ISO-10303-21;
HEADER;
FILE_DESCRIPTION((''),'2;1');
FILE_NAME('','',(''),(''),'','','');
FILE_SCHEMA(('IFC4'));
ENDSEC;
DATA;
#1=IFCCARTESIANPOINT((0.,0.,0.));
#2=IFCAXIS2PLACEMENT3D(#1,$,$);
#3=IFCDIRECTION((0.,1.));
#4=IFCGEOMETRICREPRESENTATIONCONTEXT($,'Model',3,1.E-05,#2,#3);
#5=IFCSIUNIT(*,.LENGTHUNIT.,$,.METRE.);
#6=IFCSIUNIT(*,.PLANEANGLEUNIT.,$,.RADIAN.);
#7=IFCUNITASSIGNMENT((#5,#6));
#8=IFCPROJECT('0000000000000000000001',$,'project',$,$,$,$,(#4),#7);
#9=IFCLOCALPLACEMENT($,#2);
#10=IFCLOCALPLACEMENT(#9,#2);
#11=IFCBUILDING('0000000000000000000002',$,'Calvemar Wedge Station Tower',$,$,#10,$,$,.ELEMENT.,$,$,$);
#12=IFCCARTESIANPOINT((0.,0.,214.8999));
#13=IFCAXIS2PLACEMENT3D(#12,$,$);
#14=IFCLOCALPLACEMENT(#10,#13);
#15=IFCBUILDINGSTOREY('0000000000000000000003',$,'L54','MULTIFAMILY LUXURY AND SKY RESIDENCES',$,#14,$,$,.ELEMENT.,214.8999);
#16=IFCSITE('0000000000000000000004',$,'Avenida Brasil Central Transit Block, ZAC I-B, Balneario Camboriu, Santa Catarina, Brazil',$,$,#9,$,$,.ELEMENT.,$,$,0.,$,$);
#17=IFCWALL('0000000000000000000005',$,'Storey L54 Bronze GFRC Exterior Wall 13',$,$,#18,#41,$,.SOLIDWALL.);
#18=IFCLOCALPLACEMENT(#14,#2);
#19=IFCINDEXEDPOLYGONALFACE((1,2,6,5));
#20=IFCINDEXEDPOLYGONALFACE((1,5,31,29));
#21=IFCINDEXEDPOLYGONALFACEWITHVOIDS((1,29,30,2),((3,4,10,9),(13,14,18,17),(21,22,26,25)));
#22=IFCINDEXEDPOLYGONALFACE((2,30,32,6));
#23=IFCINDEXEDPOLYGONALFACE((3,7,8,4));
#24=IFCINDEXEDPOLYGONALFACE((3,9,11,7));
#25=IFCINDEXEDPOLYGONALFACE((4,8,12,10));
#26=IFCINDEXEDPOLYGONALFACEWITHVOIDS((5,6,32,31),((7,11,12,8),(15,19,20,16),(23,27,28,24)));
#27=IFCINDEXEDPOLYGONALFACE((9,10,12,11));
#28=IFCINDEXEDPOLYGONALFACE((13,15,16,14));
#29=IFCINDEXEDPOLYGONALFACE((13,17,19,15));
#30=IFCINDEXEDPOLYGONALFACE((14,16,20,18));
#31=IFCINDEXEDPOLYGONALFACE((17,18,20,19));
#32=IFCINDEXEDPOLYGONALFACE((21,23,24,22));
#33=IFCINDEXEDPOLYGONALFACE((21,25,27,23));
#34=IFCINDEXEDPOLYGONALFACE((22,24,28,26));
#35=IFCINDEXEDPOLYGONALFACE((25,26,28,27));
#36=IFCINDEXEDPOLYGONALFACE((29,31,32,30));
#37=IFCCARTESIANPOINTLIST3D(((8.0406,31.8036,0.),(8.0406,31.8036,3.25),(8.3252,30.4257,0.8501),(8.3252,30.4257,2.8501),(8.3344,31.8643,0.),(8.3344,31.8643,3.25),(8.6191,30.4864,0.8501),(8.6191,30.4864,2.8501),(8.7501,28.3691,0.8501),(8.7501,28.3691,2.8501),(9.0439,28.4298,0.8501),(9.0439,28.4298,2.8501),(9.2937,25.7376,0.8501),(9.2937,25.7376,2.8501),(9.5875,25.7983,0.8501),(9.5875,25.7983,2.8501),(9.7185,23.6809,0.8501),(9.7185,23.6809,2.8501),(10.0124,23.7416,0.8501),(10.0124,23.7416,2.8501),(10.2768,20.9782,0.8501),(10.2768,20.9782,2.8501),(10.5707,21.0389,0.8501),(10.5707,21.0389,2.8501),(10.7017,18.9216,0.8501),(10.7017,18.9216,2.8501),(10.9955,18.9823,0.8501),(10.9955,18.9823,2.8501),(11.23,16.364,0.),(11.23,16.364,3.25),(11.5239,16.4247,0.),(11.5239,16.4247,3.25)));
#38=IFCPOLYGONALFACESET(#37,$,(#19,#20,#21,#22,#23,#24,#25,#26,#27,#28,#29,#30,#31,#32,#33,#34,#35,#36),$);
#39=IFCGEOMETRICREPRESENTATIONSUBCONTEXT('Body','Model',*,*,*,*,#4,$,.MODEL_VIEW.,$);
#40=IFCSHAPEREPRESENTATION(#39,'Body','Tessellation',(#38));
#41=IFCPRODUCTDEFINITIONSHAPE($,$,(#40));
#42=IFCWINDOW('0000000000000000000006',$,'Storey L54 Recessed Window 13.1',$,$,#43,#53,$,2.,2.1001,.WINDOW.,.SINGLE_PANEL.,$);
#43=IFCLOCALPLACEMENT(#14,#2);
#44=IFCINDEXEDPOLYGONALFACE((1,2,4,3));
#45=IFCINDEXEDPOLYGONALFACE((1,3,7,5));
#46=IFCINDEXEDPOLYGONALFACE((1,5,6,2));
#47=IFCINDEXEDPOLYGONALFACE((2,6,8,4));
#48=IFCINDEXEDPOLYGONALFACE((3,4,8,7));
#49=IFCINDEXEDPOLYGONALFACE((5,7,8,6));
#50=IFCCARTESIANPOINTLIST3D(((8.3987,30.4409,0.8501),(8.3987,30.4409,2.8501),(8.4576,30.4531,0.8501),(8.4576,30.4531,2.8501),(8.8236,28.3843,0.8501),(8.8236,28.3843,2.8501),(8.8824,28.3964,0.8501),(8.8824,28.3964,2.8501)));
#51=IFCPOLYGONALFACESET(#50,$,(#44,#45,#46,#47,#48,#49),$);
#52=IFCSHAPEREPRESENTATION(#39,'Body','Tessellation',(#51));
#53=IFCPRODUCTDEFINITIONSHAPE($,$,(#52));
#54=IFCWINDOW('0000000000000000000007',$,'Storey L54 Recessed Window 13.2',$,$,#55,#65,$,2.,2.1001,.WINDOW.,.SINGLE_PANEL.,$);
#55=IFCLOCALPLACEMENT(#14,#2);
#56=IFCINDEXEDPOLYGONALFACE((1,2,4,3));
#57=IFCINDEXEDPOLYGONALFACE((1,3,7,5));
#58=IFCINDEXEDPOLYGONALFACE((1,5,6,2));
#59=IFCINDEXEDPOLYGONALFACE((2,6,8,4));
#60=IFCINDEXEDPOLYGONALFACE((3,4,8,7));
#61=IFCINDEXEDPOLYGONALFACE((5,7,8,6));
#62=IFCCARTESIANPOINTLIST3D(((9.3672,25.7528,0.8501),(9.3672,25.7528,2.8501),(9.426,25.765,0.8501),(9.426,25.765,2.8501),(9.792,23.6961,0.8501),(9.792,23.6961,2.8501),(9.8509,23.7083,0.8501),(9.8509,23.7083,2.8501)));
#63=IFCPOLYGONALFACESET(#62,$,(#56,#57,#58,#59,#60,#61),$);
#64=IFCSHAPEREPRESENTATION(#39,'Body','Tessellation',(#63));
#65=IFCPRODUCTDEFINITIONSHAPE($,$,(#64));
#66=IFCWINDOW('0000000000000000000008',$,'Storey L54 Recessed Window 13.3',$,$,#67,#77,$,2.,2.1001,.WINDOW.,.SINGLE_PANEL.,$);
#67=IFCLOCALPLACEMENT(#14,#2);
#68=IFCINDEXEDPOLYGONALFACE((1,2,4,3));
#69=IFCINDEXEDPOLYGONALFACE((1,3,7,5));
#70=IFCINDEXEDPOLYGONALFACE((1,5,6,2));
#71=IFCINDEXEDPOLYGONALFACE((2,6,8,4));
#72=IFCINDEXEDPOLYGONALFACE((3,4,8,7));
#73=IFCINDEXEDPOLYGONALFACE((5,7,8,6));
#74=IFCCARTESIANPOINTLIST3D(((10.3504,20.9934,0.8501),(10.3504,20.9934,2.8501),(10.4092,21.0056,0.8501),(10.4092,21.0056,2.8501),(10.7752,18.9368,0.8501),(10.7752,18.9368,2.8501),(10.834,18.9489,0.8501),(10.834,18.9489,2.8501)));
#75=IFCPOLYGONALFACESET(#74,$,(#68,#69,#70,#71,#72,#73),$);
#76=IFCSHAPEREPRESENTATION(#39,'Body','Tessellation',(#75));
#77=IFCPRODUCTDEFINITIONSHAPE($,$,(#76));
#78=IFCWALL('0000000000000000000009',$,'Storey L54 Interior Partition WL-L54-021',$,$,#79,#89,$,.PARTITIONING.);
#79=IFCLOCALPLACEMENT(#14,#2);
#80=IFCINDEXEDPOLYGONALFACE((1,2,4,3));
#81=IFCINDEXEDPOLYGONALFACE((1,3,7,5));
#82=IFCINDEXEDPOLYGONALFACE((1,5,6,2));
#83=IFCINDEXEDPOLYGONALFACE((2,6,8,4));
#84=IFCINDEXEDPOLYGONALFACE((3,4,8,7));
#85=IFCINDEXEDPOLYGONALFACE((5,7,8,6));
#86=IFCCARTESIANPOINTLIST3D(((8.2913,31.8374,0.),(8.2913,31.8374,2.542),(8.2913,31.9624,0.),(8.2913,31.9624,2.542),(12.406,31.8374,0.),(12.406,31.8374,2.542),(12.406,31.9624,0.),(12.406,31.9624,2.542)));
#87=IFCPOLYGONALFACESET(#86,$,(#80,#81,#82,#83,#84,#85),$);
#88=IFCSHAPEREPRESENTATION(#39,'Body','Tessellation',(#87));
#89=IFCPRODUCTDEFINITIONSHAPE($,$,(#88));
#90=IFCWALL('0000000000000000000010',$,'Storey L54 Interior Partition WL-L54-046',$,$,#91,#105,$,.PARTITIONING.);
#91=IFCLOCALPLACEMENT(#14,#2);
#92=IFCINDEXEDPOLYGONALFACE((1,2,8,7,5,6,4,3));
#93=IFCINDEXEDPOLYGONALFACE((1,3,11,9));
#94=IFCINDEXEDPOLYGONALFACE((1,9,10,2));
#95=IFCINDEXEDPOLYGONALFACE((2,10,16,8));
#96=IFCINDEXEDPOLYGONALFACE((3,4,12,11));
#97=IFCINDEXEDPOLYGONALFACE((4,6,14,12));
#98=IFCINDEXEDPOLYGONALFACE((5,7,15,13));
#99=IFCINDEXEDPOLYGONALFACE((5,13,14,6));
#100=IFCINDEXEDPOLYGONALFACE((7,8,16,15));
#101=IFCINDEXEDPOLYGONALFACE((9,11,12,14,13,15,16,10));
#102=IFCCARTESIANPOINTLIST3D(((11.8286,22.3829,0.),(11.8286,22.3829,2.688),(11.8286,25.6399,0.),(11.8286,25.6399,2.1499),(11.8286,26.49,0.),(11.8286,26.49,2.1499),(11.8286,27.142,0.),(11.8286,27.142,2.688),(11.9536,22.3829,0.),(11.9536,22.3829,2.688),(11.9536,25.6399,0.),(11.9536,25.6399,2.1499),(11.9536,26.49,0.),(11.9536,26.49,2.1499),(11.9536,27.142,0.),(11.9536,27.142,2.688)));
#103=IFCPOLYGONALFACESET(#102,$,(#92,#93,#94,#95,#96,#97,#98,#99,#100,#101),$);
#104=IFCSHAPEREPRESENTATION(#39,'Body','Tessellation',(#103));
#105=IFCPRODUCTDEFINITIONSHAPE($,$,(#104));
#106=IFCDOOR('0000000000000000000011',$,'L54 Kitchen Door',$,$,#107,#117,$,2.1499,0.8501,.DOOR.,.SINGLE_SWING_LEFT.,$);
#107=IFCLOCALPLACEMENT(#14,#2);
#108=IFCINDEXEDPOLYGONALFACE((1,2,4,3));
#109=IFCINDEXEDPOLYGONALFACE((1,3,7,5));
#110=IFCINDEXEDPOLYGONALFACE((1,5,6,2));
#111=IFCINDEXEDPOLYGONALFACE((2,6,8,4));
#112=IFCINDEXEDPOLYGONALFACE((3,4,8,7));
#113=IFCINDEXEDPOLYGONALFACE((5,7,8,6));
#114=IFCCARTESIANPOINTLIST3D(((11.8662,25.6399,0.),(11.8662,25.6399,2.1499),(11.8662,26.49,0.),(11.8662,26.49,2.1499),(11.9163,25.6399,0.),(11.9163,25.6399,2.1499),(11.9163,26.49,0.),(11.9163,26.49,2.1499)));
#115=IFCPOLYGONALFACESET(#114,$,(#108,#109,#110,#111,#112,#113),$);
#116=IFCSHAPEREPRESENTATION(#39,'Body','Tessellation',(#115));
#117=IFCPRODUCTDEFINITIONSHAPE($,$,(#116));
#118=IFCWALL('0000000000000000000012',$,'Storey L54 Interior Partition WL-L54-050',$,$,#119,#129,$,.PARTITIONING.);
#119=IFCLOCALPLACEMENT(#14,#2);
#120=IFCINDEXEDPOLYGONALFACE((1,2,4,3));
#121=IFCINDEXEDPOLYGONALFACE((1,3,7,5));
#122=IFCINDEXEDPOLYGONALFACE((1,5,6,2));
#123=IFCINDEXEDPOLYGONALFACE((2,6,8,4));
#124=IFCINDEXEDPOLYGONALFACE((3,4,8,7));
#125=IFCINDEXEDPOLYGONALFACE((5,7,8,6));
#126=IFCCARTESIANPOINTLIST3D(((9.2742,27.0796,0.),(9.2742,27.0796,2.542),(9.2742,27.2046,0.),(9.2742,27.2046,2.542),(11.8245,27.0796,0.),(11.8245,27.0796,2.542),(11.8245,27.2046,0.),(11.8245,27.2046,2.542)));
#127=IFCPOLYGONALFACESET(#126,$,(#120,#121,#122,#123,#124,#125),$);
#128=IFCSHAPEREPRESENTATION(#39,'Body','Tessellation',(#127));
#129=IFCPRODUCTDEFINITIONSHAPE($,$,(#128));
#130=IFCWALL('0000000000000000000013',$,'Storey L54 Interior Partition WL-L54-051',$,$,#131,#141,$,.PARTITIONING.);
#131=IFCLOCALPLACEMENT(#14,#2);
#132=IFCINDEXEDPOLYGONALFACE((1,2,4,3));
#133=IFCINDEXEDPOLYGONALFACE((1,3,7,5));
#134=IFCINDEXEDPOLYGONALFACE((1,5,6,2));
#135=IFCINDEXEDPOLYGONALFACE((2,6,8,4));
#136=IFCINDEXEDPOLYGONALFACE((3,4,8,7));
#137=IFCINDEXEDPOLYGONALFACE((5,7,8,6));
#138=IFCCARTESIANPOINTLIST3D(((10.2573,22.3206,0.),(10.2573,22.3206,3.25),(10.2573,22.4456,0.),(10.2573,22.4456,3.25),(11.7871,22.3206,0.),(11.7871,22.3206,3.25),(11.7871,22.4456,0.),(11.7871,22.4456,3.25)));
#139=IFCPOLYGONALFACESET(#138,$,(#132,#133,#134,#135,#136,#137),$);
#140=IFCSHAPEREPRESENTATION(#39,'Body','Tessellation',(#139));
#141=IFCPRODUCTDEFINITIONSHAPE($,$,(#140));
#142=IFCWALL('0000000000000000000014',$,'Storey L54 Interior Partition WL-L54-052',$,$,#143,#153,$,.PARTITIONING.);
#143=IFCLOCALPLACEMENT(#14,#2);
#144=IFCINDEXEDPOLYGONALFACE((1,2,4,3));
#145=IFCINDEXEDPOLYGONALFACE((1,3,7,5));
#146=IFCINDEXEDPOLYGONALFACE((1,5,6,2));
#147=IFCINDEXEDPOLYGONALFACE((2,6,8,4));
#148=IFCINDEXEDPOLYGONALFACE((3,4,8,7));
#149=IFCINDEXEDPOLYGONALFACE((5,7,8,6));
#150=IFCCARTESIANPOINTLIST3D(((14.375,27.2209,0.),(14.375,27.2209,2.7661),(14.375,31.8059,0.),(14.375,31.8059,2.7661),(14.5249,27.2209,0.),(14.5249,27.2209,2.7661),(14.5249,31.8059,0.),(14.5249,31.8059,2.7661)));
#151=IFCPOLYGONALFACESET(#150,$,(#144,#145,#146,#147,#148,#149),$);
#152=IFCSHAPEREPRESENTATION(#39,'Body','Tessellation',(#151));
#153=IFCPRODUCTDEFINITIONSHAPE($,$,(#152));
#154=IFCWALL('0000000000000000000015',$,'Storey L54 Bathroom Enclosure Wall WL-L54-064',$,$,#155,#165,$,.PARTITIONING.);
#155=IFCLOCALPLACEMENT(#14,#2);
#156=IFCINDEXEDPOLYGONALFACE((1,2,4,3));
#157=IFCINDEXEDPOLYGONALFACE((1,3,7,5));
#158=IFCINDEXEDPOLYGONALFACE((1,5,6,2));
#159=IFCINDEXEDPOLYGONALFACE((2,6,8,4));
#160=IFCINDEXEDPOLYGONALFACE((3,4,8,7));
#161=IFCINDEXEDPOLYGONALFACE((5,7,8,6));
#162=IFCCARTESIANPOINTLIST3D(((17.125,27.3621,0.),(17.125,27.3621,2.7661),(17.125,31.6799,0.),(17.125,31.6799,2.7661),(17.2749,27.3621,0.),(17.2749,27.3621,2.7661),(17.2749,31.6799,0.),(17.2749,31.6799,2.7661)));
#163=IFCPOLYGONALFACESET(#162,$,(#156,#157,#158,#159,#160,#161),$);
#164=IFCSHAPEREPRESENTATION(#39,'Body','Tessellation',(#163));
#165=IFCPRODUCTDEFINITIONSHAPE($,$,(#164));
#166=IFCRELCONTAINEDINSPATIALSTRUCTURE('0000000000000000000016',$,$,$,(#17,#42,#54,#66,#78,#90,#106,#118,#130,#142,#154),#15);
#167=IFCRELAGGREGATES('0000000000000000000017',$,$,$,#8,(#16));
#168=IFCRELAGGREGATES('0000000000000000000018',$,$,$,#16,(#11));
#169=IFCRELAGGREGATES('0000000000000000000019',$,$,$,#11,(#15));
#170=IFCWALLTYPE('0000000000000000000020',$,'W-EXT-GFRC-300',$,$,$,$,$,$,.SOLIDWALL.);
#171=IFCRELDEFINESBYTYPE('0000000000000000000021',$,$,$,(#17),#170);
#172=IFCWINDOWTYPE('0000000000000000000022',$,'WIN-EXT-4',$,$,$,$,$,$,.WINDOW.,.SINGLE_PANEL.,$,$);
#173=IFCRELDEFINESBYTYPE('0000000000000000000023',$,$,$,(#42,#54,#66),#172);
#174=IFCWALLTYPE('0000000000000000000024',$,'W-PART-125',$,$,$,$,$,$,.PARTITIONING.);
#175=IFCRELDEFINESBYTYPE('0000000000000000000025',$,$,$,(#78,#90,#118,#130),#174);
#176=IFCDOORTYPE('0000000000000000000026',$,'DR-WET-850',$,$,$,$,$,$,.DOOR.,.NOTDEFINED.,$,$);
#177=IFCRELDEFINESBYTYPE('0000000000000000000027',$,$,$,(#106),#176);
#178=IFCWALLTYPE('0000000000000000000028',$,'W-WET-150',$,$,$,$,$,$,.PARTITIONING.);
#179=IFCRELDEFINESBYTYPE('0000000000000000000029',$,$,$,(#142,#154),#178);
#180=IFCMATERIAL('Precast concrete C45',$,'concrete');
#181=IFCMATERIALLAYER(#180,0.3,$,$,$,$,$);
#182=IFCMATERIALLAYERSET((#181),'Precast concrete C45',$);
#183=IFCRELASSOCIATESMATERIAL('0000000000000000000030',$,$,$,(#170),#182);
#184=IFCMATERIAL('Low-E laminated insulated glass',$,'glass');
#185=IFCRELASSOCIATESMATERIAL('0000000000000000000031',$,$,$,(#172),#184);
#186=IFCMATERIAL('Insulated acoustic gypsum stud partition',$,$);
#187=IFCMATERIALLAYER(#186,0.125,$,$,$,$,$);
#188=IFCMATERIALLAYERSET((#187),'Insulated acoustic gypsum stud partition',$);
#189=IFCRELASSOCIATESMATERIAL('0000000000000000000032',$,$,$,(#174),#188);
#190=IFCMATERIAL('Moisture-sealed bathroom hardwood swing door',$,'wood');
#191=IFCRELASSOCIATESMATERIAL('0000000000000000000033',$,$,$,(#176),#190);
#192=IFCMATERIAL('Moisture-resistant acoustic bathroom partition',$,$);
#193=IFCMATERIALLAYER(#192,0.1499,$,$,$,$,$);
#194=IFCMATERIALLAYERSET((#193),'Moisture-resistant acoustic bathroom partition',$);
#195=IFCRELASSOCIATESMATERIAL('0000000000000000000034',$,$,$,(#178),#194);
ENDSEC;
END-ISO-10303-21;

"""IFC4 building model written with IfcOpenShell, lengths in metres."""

from ifc_helpers import new_model, si_unit, direction, frame, frame_2d, origin, place, context, subcontext, project, spatial, rectangle, extrude, source, transform, mapped, material, layer, layer_set, type_object, element, fill, save


model = new_model("IFC4")

# Units and contexts
model_context = context("Model", 3, precision=1e-05, world=origin(), true_north=direction((0.0, 1.0)))
body_context = subcontext(model_context, "Body", "Model", "MODEL_VIEW")
ifc_project = project(units=[si_unit("LENGTHUNIT", "METRE"), si_unit("PLANEANGLEUNIT", "RADIAN")], contexts=[model_context])

# Site, building, storey
site_placement = place(None, origin())
site = spatial("IfcSite", under=ifc_project, at=site_placement, Name="Avenida Brasil Central Transit Block, ZAC I-B, Balneario Camboriu, Santa Catarina, Brazil", CompositionType="ELEMENT", RefElevation=0.0)
building_placement = place(site_placement, origin())
building = spatial("IfcBuilding", under=site, at=building_placement, Name="Calvemar Wedge Station Tower", CompositionType="ELEMENT")
storey_placement = place(building_placement, frame((0.0, 0.0, 214.8999)))
storey = spatial("IfcBuildingStorey", under=building, at=storey_placement, Name="L54", Description="MULTIFAMILY LUXURY AND SKY RESIDENCES", CompositionType="ELEMENT", Elevation=214.8999)

# Wall, openings, windows
ifc_material_1 = material(Name="Precast concrete C45", Category="concrete")
ifc_layer_1 = layer(ifc_material_1, 0.3)
ifc_layer_set_1 = layer_set([ifc_layer_1], Name="Precast concrete C45")
wall_type_1 = type_object("IfcWallType", Name="W-EXT-GFRC-300", PredefinedType="SOLIDWALL", material=ifc_layer_set_1)
wall_1_placement = place(storey_placement, frame((8.1875, 31.834, 0.0), z_axis=(0.0, 0.0, 1.0), x_axis=(0.202303, -0.979323, 0.0)))
wall_1 = element("IfcWall", 1, at=wall_1_placement, inside=storey, type_object=wall_type_1, Name="Storey L54 Bronze GFRC Exterior Wall 13", PredefinedType="SOLIDWALL", context=body_context, shape_type="SweptSolid", body=[
    extrude(rectangle(XDim=15.7656, YDim=0.3, at=frame_2d((7.8828, 0.0))), origin(), (0.0, 0.0, 1.0), 3.25),
])
shared_shape_1 = source(origin(), body_context, "Body", "SweptSolid", [
    extrude(rectangle(XDim=2.1001, YDim=2.0, at=frame_2d((1.05, 1.0))), frame((0.0, 0.1602, 0.0), z_axis=(0.0, -1.0, 0.0), x_axis=(1.0, 0.0, 0.0)), (0.0, 0.0, 1.0), 0.3201),
])
opening_1_placement = place(wall_1_placement, frame((1.407, 0.0, 0.8501)))
opening_1 = element("IfcOpeningElement", 2, at=opening_1_placement, cuts=wall_1, PredefinedType="OPENING", context=body_context, shape_type="MappedRepresentation", body=[
    mapped(shared_shape_1, transform((0.0, 0.0, 0.0), scale=1.0)),
])
opening_2_placement = place(wall_1_placement, frame((6.1941, 0.0, 0.8501)))
opening_2 = element("IfcOpeningElement", 3, at=opening_2_placement, cuts=wall_1, PredefinedType="OPENING", context=body_context, shape_type="MappedRepresentation", body=[
    mapped(shared_shape_1, transform((0.0, 0.0, 0.0), scale=1.0)),
])
opening_3_placement = place(wall_1_placement, frame((11.054, 0.0, 0.8501)))
opening_3 = element("IfcOpeningElement", 4, at=opening_3_placement, cuts=wall_1, PredefinedType="OPENING", context=body_context, shape_type="MappedRepresentation", body=[
    mapped(shared_shape_1, transform((0.0, 0.0, 0.0), scale=1.0)),
])
ifc_material_2 = material(Name="Low-E laminated insulated glass", Category="glass")
window_type = type_object("IfcWindowType", Name="WIN-EXT-4", PartitioningType="SINGLE_PANEL", PredefinedType="WINDOW", material=ifc_material_2)
shared_shape_2 = source(origin(), body_context, "Body", "SweptSolid", [
    extrude(rectangle(XDim=2.1001, YDim=2.0, at=frame_2d((1.05, 1.0))), frame((0.0, -0.0149, 0.0), z_axis=(0.0, -1.0, 0.0), x_axis=(1.0, 0.0, 0.0)), (0.0, 0.0, 1.0), 0.0601),
])
window_1_placement = place(opening_1_placement, origin())
window_1 = element("IfcWindow", 5, at=window_1_placement, inside=storey, type_object=window_type, Name="Storey L54 Recessed Window 13.1", OverallHeight=2.0, OverallWidth=2.1001, PartitioningType="SINGLE_PANEL", PredefinedType="WINDOW", context=body_context, shape_type="MappedRepresentation", body=[
    mapped(shared_shape_2, transform((0.0, 0.0, 0.0), scale=1.0)),
])
fill(opening_1, window_1)
window_2_placement = place(opening_2_placement, origin())
window_2 = element("IfcWindow", 6, at=window_2_placement, inside=storey, type_object=window_type, Name="Storey L54 Recessed Window 13.2", OverallHeight=2.0, OverallWidth=2.1001, PartitioningType="SINGLE_PANEL", PredefinedType="WINDOW", context=body_context, shape_type="MappedRepresentation", body=[
    mapped(shared_shape_2, transform((0.0, 0.0, 0.0), scale=1.0)),
])
fill(opening_2, window_2)
window_3_placement = place(opening_3_placement, origin())
window_3 = element("IfcWindow", 7, at=window_3_placement, inside=storey, type_object=window_type, Name="Storey L54 Recessed Window 13.3", OverallHeight=2.0, OverallWidth=2.1001, PartitioningType="SINGLE_PANEL", PredefinedType="WINDOW", context=body_context, shape_type="MappedRepresentation", body=[
    mapped(shared_shape_2, transform((0.0, 0.0, 0.0), scale=1.0)),
])
fill(opening_3, window_3)

# Wall
ifc_material_3 = material(Name="Insulated acoustic gypsum stud partition")
ifc_layer_2 = layer(ifc_material_3, 0.125)
ifc_layer_set_2 = layer_set([ifc_layer_2], Name="Insulated acoustic gypsum stud partition")
wall_type_2 = type_object("IfcWallType", Name="W-PART-125", PredefinedType="PARTITIONING", material=ifc_layer_set_2)
wall_2_placement = place(storey_placement, frame((12.406, 31.8999, 0.0), z_axis=(0.0, 0.0, 1.0), x_axis=(-1.0, 0.0, 0.0)))
element("IfcWall", 8, at=wall_2_placement, inside=storey, type_object=wall_type_2, Name="Storey L54 Interior Partition WL-L54-021", PredefinedType="PARTITIONING", context=body_context, shape_type="SweptSolid", body=[
    extrude(rectangle(XDim=4.1147, YDim=0.125, at=frame_2d((2.0574, 0.0))), origin(), (0.0, 0.0, 1.0), 2.542),
])

# Wall, opening, door
wall_3_placement = place(storey_placement, frame((11.8911, 22.3831, 0.0), z_axis=(0.0, 0.0, 1.0), x_axis=(0.0, 1.0, 0.0)))
wall_3 = element("IfcWall", 9, at=wall_3_placement, inside=storey, type_object=wall_type_2, Name="Storey L54 Interior Partition WL-L54-046", PredefinedType="PARTITIONING", context=body_context, shape_type="SweptSolid", body=[
    extrude(rectangle(XDim=4.759, YDim=0.125, at=frame_2d((2.3794, 0.0))), origin(), (0.0, 0.0, 1.0), 2.688),
])
shared_shape_3 = source(origin(), body_context, "Body", "SweptSolid", [
    extrude(rectangle(XDim=0.8501, YDim=2.1499, at=frame_2d((0.425, 1.075))), frame((0.0, 0.0725, 0.0), z_axis=(0.0, -1.0, 0.0), x_axis=(1.0, 0.0, 0.0)), (0.0, 0.0, 1.0), 0.145),
])
opening_4_placement = place(wall_3_placement, frame((3.2568, 0.0, 0.0)))
opening_4 = element("IfcOpeningElement", 10, at=opening_4_placement, cuts=wall_3, PredefinedType="OPENING", context=body_context, shape_type="MappedRepresentation", body=[
    mapped(shared_shape_3, transform((0.0, 0.0, 0.0), scale=1.0)),
])
ifc_material_4 = material(Name="Moisture-sealed bathroom hardwood swing door", Category="wood")
door_type_1 = type_object("IfcDoorType", Name="DR-WET-850", OperationType="NOTDEFINED", PredefinedType="DOOR", material=ifc_material_4)
shared_shape_4 = source(origin(), body_context, "Body", "SweptSolid", [
    extrude(rectangle(XDim=0.8501, YDim=2.1499, at=frame_2d((0.425, 1.075))), frame((0.0, 0.0249, 0.0), z_axis=(0.0, -1.0, 0.0), x_axis=(1.0, 0.0, 0.0)), (0.0, 0.0, 1.0), 0.05),
])
door_1_placement = place(opening_4_placement, origin())
door_1 = element("IfcDoor", 11, at=door_1_placement, inside=storey, type_object=door_type_1, Name="L54 Kitchen Door", OperationType="SINGLE_SWING_LEFT", OverallHeight=2.1499, OverallWidth=0.8501, PredefinedType="DOOR", context=body_context, shape_type="MappedRepresentation", body=[
    mapped(shared_shape_4, transform((0.0, 0.0, 0.0), scale=1.0)),
])
fill(opening_4, door_1)

# Walls
wall_4_placement = place(storey_placement, frame((9.2742, 27.1421, 0.0), z_axis=(0.0, 0.0, 1.0), x_axis=(1.0, 0.0, 0.0)))
element("IfcWall", 12, at=wall_4_placement, inside=storey, type_object=wall_type_2, Name="Storey L54 Interior Partition WL-L54-050", PredefinedType="PARTITIONING", context=body_context, shape_type="SweptSolid", body=[
    extrude(rectangle(XDim=2.5503, YDim=0.125, at=frame_2d((1.2751, 0.0))), origin(), (0.0, 0.0, 1.0), 2.542),
])
wall_5_placement = place(storey_placement, frame((11.7871, 22.3831, 0.0), z_axis=(0.0, 0.0, 1.0), x_axis=(-1.0, 0.0, 0.0)))
element("IfcWall", 13, at=wall_5_placement, inside=storey, type_object=wall_type_2, Name="Storey L54 Interior Partition WL-L54-051", PredefinedType="PARTITIONING", context=body_context, shape_type="SweptSolid", body=[
    extrude(rectangle(XDim=1.5298, YDim=0.125, at=frame_2d((0.7649, 0.0))), origin(), (0.0, 0.0, 1.0), 3.25),
])

# Shared definitions
ifc_material_5 = material(Name="Moisture-resistant acoustic bathroom partition")
ifc_layer_3 = layer(ifc_material_5, 0.1499)
ifc_layer_set_3 = layer_set([ifc_layer_3], Name="Moisture-resistant acoustic bathroom partition")
wall_type_3 = type_object("IfcWallType", Name="W-WET-150", PredefinedType="PARTITIONING", material=ifc_layer_set_3)

# Walls
wall_6_placement = place(storey_placement, frame((14.45, 27.2209, 0.0), z_axis=(0.0, 0.0, 1.0), x_axis=(0.0, 1.0, 0.0)))
element("IfcWall", 14, at=wall_6_placement, inside=storey, type_object=wall_type_3, Name="Storey L54 Interior Partition WL-L54-052", PredefinedType="PARTITIONING", context=body_context, shape_type="SweptSolid", body=[
    extrude(rectangle(XDim=4.585, YDim=0.1499, at=frame_2d((2.2925, 0.0))), origin(), (0.0, 0.0, 1.0), 2.7661),
])
wall_7_placement = place(storey_placement, frame((17.2, 31.6799, 0.0), z_axis=(0.0, 0.0, 1.0), x_axis=(0.0, -1.0, 0.0)))
element("IfcWall", 15, at=wall_7_placement, inside=storey, type_object=wall_type_3, Name="Storey L54 Bathroom Enclosure Wall WL-L54-064", PredefinedType="PARTITIONING", context=body_context, shape_type="SweptSolid", body=[
    extrude(rectangle(XDim=4.3179, YDim=0.1499, at=frame_2d((2.1589, 0.0))), origin(), (0.0, 0.0, 1.0), 2.7661),
])

save(model, "model.ifc")
